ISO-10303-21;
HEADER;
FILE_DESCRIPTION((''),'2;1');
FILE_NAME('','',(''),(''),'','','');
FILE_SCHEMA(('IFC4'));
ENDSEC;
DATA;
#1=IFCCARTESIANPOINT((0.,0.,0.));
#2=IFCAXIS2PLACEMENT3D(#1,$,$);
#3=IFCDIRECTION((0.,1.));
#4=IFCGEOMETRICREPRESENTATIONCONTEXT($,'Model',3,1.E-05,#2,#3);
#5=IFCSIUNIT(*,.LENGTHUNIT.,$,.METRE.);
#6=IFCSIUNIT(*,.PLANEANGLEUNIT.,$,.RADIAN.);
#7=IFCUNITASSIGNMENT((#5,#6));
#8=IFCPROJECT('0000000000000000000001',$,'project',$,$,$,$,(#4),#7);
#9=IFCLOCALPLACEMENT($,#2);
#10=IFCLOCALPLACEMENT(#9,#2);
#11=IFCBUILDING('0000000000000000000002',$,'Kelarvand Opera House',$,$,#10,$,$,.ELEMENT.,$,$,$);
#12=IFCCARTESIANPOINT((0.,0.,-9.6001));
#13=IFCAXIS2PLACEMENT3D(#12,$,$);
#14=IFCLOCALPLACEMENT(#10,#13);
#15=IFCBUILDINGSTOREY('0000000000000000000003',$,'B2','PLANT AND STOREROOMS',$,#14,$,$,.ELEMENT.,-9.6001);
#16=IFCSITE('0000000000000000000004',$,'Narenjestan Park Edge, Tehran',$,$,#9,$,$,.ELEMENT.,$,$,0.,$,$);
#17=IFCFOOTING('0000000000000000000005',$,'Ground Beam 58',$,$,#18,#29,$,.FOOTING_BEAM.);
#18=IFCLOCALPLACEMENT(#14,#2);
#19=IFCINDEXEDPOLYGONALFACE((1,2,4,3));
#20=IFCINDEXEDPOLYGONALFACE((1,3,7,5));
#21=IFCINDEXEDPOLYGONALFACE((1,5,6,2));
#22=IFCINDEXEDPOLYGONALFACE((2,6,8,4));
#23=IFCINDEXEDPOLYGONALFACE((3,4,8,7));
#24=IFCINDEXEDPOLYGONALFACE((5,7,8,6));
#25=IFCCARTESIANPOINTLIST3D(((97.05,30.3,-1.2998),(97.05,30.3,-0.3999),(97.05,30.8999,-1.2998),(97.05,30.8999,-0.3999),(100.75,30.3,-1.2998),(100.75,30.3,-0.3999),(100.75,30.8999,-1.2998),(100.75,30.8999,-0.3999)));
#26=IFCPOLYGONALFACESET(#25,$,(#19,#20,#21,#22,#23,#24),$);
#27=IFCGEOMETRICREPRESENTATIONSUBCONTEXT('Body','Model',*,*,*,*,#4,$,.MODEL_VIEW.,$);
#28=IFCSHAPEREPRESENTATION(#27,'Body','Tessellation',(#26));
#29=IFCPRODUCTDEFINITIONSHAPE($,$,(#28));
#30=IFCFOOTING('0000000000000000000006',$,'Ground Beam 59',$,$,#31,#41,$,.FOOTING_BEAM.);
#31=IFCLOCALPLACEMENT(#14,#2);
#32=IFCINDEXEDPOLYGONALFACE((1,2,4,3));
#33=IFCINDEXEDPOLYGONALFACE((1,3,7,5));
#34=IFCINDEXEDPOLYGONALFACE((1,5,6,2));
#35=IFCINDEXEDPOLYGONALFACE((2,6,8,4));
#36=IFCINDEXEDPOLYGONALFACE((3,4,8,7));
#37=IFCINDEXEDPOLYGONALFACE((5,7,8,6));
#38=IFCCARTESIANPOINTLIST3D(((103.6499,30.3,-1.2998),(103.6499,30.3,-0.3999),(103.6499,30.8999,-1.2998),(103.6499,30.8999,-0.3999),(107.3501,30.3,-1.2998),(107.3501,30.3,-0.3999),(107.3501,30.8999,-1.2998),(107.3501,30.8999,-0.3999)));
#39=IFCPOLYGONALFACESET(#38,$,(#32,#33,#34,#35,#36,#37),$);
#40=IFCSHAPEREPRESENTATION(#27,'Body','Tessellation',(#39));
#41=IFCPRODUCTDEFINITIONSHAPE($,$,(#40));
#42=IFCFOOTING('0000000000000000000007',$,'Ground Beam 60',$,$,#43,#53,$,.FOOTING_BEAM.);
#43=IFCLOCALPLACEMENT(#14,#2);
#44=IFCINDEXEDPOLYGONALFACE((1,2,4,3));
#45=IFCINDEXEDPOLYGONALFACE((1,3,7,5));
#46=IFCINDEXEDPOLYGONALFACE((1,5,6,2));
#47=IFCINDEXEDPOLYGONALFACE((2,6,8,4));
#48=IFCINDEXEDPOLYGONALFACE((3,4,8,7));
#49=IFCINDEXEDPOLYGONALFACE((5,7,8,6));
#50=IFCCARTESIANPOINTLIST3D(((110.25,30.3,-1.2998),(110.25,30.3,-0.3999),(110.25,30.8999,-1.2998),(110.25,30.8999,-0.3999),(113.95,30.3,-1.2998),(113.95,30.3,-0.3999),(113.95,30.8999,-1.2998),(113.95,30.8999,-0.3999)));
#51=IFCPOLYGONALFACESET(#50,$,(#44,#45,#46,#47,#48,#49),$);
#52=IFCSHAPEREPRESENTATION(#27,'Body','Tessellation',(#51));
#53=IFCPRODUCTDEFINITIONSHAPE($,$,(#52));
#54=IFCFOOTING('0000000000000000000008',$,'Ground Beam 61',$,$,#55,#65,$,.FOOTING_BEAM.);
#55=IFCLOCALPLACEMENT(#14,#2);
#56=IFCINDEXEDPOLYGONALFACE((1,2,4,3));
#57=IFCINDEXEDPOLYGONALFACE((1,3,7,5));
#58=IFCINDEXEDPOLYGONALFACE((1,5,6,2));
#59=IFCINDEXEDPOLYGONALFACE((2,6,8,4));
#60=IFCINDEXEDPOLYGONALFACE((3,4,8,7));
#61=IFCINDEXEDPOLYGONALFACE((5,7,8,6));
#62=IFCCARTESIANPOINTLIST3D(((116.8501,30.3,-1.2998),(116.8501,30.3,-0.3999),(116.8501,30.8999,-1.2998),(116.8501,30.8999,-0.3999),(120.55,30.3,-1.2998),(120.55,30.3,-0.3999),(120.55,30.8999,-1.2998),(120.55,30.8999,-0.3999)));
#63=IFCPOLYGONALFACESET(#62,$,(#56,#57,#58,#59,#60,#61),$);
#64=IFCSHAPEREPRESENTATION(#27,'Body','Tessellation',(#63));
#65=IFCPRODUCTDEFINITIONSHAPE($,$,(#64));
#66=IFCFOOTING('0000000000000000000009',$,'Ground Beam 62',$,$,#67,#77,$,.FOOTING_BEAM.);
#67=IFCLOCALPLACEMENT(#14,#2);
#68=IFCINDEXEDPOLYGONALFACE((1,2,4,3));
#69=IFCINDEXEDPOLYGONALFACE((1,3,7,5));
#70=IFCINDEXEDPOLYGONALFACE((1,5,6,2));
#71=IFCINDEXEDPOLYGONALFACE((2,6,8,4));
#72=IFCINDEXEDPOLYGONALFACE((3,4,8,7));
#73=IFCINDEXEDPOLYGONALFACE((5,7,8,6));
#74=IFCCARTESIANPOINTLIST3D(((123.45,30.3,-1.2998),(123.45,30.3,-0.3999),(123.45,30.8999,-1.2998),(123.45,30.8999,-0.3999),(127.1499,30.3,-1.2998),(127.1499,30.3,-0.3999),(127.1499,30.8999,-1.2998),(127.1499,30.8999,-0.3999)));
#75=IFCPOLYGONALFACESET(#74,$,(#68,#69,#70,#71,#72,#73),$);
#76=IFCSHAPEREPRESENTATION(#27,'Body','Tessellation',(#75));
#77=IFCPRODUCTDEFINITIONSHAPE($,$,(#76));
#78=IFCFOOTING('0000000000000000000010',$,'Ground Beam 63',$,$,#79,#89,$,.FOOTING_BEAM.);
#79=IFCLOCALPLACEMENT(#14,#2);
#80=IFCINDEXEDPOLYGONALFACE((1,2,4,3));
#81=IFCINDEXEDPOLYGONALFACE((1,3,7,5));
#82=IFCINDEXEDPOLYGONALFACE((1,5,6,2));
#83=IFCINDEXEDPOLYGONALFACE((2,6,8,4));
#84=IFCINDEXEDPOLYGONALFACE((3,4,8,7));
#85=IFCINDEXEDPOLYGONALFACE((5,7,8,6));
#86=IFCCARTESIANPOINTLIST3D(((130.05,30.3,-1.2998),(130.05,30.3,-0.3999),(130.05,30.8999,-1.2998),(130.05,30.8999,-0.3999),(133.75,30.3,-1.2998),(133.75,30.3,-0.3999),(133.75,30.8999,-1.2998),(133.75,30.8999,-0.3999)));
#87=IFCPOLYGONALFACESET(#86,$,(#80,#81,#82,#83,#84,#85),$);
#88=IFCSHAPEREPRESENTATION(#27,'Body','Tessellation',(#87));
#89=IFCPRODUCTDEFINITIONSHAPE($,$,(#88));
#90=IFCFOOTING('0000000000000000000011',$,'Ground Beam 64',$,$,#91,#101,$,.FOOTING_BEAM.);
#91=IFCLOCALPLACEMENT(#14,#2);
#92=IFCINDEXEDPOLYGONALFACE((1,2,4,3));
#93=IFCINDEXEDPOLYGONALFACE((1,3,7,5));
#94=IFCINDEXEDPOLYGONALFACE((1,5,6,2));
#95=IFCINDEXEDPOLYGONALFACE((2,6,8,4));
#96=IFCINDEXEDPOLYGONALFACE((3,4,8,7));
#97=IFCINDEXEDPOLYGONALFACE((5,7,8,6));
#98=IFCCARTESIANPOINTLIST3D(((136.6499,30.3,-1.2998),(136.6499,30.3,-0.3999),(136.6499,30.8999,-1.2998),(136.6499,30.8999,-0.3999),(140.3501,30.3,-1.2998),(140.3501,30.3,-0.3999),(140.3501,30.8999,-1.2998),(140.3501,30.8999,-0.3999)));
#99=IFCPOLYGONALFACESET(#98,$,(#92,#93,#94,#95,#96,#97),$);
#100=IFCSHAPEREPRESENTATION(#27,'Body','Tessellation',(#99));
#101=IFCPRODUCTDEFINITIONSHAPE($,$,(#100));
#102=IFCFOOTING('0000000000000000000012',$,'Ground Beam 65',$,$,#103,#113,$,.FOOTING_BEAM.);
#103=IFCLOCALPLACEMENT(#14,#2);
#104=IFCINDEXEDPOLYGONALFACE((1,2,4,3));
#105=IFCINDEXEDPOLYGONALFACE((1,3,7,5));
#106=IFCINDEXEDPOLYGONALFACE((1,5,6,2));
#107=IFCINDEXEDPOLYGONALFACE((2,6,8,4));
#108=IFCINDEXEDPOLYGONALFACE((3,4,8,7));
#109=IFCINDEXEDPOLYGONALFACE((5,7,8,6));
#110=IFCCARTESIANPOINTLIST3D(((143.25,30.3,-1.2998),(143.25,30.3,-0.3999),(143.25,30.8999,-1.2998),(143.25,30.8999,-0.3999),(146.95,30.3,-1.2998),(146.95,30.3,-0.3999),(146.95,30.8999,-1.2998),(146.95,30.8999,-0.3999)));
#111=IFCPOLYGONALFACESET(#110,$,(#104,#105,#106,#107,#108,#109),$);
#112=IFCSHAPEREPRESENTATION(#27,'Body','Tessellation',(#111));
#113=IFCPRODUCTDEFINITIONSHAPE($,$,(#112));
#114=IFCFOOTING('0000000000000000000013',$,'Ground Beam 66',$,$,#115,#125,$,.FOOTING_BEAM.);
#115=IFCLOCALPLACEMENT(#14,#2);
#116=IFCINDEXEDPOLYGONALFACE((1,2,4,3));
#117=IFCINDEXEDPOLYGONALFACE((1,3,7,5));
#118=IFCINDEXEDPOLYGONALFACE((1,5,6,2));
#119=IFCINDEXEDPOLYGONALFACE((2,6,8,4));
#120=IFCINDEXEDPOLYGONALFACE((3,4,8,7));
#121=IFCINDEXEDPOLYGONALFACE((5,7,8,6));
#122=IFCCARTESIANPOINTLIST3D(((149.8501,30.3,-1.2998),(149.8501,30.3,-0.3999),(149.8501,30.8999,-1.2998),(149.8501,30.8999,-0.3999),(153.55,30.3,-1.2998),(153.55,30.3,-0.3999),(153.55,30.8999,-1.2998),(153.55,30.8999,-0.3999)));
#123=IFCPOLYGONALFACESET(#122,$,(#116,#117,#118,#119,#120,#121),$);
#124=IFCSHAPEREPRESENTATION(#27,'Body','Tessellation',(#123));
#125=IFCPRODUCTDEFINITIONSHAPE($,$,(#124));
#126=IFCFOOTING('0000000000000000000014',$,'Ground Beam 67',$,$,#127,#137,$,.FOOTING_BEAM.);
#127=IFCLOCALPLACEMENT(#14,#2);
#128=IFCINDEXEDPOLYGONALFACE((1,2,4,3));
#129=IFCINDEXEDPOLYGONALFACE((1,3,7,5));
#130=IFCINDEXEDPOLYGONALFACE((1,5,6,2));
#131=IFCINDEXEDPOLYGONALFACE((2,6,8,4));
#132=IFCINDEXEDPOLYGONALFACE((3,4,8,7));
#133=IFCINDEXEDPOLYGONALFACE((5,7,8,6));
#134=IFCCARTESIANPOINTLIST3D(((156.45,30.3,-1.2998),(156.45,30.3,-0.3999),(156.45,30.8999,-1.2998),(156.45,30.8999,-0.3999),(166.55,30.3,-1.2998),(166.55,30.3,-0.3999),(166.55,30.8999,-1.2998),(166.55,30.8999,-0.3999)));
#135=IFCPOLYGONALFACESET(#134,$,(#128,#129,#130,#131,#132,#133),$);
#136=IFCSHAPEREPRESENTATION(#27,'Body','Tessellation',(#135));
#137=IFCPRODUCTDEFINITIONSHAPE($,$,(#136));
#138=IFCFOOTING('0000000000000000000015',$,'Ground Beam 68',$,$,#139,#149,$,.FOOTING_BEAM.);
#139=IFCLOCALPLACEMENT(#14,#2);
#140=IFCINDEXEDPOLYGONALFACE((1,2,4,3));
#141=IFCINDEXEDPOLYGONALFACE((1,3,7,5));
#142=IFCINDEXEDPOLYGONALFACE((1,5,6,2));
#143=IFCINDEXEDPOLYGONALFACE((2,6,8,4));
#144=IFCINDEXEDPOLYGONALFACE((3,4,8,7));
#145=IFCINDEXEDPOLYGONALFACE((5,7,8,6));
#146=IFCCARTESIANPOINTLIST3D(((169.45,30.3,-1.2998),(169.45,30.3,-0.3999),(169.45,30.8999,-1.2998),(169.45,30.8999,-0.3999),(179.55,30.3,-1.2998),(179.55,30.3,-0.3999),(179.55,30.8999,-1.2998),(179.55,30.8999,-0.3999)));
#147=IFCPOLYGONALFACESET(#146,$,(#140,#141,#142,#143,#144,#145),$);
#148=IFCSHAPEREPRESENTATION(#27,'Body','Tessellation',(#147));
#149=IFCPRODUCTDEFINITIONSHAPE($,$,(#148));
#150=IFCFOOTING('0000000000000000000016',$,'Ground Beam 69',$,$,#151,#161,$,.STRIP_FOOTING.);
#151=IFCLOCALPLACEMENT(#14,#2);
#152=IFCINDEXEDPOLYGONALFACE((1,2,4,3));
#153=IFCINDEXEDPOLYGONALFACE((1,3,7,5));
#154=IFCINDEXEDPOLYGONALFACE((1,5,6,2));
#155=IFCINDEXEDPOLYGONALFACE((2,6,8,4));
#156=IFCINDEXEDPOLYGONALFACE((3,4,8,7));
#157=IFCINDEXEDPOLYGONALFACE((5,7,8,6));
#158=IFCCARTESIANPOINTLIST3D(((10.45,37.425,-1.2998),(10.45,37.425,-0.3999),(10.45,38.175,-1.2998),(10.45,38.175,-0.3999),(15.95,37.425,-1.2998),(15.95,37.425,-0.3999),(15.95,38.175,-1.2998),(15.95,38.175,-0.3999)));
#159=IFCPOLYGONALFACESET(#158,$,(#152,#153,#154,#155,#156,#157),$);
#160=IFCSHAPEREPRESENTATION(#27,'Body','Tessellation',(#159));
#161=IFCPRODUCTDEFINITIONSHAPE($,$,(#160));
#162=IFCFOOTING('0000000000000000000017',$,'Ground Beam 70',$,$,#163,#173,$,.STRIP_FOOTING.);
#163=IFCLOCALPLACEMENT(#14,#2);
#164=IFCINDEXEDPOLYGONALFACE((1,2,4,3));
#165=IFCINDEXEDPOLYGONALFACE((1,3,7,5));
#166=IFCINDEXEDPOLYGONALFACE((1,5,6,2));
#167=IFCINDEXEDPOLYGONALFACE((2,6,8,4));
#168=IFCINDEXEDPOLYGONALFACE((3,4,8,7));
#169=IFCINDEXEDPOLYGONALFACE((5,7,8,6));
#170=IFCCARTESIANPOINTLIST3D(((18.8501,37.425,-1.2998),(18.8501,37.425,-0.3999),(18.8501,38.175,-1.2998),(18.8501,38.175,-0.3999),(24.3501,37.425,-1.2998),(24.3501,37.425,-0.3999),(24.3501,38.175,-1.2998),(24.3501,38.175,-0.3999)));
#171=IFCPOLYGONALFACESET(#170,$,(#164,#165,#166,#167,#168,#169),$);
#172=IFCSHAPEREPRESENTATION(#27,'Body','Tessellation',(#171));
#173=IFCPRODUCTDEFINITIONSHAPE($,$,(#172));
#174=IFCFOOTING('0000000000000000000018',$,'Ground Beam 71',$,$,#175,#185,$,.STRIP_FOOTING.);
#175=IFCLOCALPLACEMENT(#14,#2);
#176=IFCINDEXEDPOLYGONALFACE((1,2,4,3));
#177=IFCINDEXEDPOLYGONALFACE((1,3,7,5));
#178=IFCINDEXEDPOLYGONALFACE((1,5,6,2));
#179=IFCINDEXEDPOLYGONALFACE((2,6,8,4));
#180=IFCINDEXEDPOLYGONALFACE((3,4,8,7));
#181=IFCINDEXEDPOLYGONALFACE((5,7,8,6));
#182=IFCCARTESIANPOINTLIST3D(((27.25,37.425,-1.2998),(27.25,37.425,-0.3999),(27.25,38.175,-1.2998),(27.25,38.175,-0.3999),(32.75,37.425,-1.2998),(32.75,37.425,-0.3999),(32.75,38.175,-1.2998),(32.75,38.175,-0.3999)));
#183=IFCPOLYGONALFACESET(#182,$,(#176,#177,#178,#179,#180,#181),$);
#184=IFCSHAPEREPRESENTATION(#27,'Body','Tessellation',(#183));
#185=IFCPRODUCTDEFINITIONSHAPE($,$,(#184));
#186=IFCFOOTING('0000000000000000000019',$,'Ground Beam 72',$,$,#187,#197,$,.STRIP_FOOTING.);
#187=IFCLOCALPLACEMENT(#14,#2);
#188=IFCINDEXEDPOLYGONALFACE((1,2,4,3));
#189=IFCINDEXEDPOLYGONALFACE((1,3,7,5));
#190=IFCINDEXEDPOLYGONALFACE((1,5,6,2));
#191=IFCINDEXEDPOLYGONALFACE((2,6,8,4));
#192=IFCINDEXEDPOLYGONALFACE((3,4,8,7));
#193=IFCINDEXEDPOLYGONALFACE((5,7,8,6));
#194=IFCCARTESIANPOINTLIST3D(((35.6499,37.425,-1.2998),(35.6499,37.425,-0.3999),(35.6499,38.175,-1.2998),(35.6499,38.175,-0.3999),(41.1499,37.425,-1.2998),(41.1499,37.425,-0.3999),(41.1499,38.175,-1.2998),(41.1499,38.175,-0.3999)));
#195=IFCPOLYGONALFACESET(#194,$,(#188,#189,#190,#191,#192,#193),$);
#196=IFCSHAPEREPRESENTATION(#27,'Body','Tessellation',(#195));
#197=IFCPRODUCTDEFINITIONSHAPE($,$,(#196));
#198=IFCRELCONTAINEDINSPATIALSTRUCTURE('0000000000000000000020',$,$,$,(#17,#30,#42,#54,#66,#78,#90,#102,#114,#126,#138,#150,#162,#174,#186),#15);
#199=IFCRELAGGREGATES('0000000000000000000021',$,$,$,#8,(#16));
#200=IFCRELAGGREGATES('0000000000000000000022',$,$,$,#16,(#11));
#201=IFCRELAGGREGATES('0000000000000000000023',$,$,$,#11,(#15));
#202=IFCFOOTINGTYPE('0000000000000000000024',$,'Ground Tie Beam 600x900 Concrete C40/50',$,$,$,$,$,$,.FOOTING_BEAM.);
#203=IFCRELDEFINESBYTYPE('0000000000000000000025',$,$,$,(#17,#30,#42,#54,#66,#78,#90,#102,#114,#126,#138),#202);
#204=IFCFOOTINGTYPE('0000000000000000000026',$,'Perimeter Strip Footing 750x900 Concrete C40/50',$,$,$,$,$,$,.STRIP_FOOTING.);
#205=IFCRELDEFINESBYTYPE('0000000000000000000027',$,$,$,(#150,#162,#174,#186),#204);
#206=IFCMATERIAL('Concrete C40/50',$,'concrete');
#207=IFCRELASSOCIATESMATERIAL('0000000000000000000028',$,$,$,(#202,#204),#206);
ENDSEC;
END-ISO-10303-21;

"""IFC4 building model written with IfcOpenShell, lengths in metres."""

from ifc_helpers import new_model, si_unit, direction, frame, origin, place, context, subcontext, project, spatial, polyline, outline, extrude, material, type_object, element, save


model = new_model("IFC4")

# Units and contexts
model_context = context("Model", 3, precision=1e-05, world=origin(), true_north=direction((0.0, 1.0)))
body_context = subcontext(model_context, "Body", "Model", "MODEL_VIEW")
ifc_project = project(units=[si_unit("LENGTHUNIT", "METRE"), si_unit("PLANEANGLEUNIT", "RADIAN")], contexts=[model_context])

# Site, building, storey
site_placement = place(None, origin())
site = spatial("IfcSite", under=ifc_project, at=site_placement, Name="Narenjestan Park Edge, Tehran", CompositionType="ELEMENT", RefElevation=0.0)
building_placement = place(site_placement, origin())
building = spatial("IfcBuilding", under=site, at=building_placement, Name="Kelarvand Opera House", CompositionType="ELEMENT")
storey_placement = place(building_placement, frame((0.0, 0.0, -9.6001)))
storey = spatial("IfcBuildingStorey", under=building, at=storey_placement, Name="B2", Description="PLANT AND STOREROOMS", CompositionType="ELEMENT", Elevation=-9.6001)

# Footings
ifc_material = material(Name="Concrete C40/50", Category="concrete")
footing_type_1 = type_object("IfcFootingType", Name="Ground Tie Beam 600x900 Concrete C40/50", PredefinedType="FOOTING_BEAM", material=ifc_material)
footing_1_placement = place(storey_placement, frame((0.0, 0.0, -1.2998)))
element("IfcFooting", 1, at=footing_1_placement, inside=storey, type_object=footing_type_1, Name="Ground Beam 58", PredefinedType="FOOTING_BEAM", context=body_context, shape_type="SweptSolid", body=[
    extrude(outline(polyline([(97.05, 30.3), (100.75, 30.3), (100.75, 30.8999), (97.05, 30.8999), (97.05, 30.3)])), origin(), (0.0, 0.0, 1.0), 0.8999),
])
footing_2_placement = place(storey_placement, frame((0.0, 0.0, -1.2998)))
element("IfcFooting", 2, at=footing_2_placement, inside=storey, type_object=footing_type_1, Name="Ground Beam 59", PredefinedType="FOOTING_BEAM", context=body_context, shape_type="SweptSolid", body=[
    extrude(outline(polyline([(103.6499, 30.3), (107.3501, 30.3), (107.3501, 30.8999), (103.6499, 30.8999), (103.6499, 30.3)])), origin(), (0.0, 0.0, 1.0), 0.8999),
])
footing_3_placement = place(storey_placement, frame((0.0, 0.0, -1.2998)))
element("IfcFooting", 3, at=footing_3_placement, inside=storey, type_object=footing_type_1, Name="Ground Beam 60", PredefinedType="FOOTING_BEAM", context=body_context, shape_type="SweptSolid", body=[
    extrude(outline(polyline([(110.25, 30.3), (113.95, 30.3), (113.95, 30.8999), (110.25, 30.8999), (110.25, 30.3)])), origin(), (0.0, 0.0, 1.0), 0.8999),
])
footing_4_placement = place(storey_placement, frame((0.0, 0.0, -1.2998)))
element("IfcFooting", 4, at=footing_4_placement, inside=storey, type_object=footing_type_1, Name="Ground Beam 61", PredefinedType="FOOTING_BEAM", context=body_context, shape_type="SweptSolid", body=[
    extrude(outline(polyline([(116.8501, 30.3), (120.55, 30.3), (120.55, 30.8999), (116.8501, 30.8999), (116.8501, 30.3)])), origin(), (0.0, 0.0, 1.0), 0.8999),
])
footing_5_placement = place(storey_placement, frame((0.0, 0.0, -1.2998)))
element("IfcFooting", 5, at=footing_5_placement, inside=storey, type_object=footing_type_1, Name="Ground Beam 62", PredefinedType="FOOTING_BEAM", context=body_context, shape_type="SweptSolid", body=[
    extrude(outline(polyline([(123.45, 30.3), (127.1499, 30.3), (127.1499, 30.8999), (123.45, 30.8999), (123.45, 30.3)])), origin(), (0.0, 0.0, 1.0), 0.8999),
])
footing_6_placement = place(storey_placement, frame((0.0, 0.0, -1.2998)))
element("IfcFooting", 6, at=footing_6_placement, inside=storey, type_object=footing_type_1, Name="Ground Beam 63", PredefinedType="FOOTING_BEAM", context=body_context, shape_type="SweptSolid", body=[
    extrude(outline(polyline([(130.05, 30.3), (133.75, 30.3), (133.75, 30.8999), (130.05, 30.8999), (130.05, 30.3)])), origin(), (0.0, 0.0, 1.0), 0.8999),
])
footing_7_placement = place(storey_placement, frame((0.0, 0.0, -1.2998)))
element("IfcFooting", 7, at=footing_7_placement, inside=storey, type_object=footing_type_1, Name="Ground Beam 64", PredefinedType="FOOTING_BEAM", context=body_context, shape_type="SweptSolid", body=[
    extrude(outline(polyline([(136.6499, 30.3), (140.3501, 30.3), (140.3501, 30.8999), (136.6499, 30.8999), (136.6499, 30.3)])), origin(), (0.0, 0.0, 1.0), 0.8999),
])
footing_8_placement = place(storey_placement, frame((0.0, 0.0, -1.2998)))
element("IfcFooting", 8, at=footing_8_placement, inside=storey, type_object=footing_type_1, Name="Ground Beam 65", PredefinedType="FOOTING_BEAM", context=body_context, shape_type="SweptSolid", body=[
    extrude(outline(polyline([(143.25, 30.3), (146.95, 30.3), (146.95, 30.8999), (143.25, 30.8999), (143.25, 30.3)])), origin(), (0.0, 0.0, 1.0), 0.8999),
])
footing_9_placement = place(storey_placement, frame((0.0, 0.0, -1.2998)))
element("IfcFooting", 9, at=footing_9_placement, inside=storey, type_object=footing_type_1, Name="Ground Beam 66", PredefinedType="FOOTING_BEAM", context=body_context, shape_type="SweptSolid", body=[
    extrude(outline(polyline([(149.8501, 30.3), (153.55, 30.3), (153.55, 30.8999), (149.8501, 30.8999), (149.8501, 30.3)])), origin(), (0.0, 0.0, 1.0), 0.8999),
])
footing_10_placement = place(storey_placement, frame((0.0, 0.0, -1.2998)))
element("IfcFooting", 10, at=footing_10_placement, inside=storey, type_object=footing_type_1, Name="Ground Beam 67", PredefinedType="FOOTING_BEAM", context=body_context, shape_type="SweptSolid", body=[
    extrude(outline(polyline([(156.45, 30.3), (166.55, 30.3), (166.55, 30.8999), (156.45, 30.8999), (156.45, 30.3)])), origin(), (0.0, 0.0, 1.0), 0.8999),
])
footing_11_placement = place(storey_placement, frame((0.0, 0.0, -1.2998)))
element("IfcFooting", 11, at=footing_11_placement, inside=storey, type_object=footing_type_1, Name="Ground Beam 68", PredefinedType="FOOTING_BEAM", context=body_context, shape_type="SweptSolid", body=[
    extrude(outline(polyline([(169.45, 30.3), (179.55, 30.3), (179.55, 30.8999), (169.45, 30.8999), (169.45, 30.3)])), origin(), (0.0, 0.0, 1.0), 0.8999),
])
footing_type_2 = type_object("IfcFootingType", Name="Perimeter Strip Footing 750x900 Concrete C40/50", PredefinedType="STRIP_FOOTING", material=ifc_material)
footing_12_placement = place(storey_placement, frame((0.0, 0.0, -1.2998)))
element("IfcFooting", 12, at=footing_12_placement, inside=storey, type_object=footing_type_2, Name="Ground Beam 69", PredefinedType="STRIP_FOOTING", context=body_context, shape_type="SweptSolid", body=[
    extrude(outline(polyline([(10.45, 37.425), (15.95, 37.425), (15.95, 38.175), (10.45, 38.175), (10.45, 37.425)])), origin(), (0.0, 0.0, 1.0), 0.8999),
])
footing_13_placement = place(storey_placement, frame((0.0, 0.0, -1.2998)))
element("IfcFooting", 13, at=footing_13_placement, inside=storey, type_object=footing_type_2, Name="Ground Beam 70", PredefinedType="STRIP_FOOTING", context=body_context, shape_type="SweptSolid", body=[
    extrude(outline(polyline([(18.8501, 37.425), (24.3501, 37.425), (24.3501, 38.175), (18.8501, 38.175), (18.8501, 37.425)])), origin(), (0.0, 0.0, 1.0), 0.8999),
])
footing_14_placement = place(storey_placement, frame((0.0, 0.0, -1.2998)))
element("IfcFooting", 14, at=footing_14_placement, inside=storey, type_object=footing_type_2, Name="Ground Beam 71", PredefinedType="STRIP_FOOTING", context=body_context, shape_type="SweptSolid", body=[
    extrude(outline(polyline([(27.25, 37.425), (32.75, 37.425), (32.75, 38.175), (27.25, 38.175), (27.25, 37.425)])), origin(), (0.0, 0.0, 1.0), 0.8999),
])
footing_15_placement = place(storey_placement, frame((0.0, 0.0, -1.2998)))
element("IfcFooting", 15, at=footing_15_placement, inside=storey, type_object=footing_type_2, Name="Ground Beam 72", PredefinedType="STRIP_FOOTING", context=body_context, shape_type="SweptSolid", body=[
    extrude(outline(polyline([(35.6499, 37.425), (41.1499, 37.425), (41.1499, 38.175), (35.6499, 38.175), (35.6499, 37.425)])), origin(), (0.0, 0.0, 1.0), 0.8999),
])

save(model, "model.ifc")
